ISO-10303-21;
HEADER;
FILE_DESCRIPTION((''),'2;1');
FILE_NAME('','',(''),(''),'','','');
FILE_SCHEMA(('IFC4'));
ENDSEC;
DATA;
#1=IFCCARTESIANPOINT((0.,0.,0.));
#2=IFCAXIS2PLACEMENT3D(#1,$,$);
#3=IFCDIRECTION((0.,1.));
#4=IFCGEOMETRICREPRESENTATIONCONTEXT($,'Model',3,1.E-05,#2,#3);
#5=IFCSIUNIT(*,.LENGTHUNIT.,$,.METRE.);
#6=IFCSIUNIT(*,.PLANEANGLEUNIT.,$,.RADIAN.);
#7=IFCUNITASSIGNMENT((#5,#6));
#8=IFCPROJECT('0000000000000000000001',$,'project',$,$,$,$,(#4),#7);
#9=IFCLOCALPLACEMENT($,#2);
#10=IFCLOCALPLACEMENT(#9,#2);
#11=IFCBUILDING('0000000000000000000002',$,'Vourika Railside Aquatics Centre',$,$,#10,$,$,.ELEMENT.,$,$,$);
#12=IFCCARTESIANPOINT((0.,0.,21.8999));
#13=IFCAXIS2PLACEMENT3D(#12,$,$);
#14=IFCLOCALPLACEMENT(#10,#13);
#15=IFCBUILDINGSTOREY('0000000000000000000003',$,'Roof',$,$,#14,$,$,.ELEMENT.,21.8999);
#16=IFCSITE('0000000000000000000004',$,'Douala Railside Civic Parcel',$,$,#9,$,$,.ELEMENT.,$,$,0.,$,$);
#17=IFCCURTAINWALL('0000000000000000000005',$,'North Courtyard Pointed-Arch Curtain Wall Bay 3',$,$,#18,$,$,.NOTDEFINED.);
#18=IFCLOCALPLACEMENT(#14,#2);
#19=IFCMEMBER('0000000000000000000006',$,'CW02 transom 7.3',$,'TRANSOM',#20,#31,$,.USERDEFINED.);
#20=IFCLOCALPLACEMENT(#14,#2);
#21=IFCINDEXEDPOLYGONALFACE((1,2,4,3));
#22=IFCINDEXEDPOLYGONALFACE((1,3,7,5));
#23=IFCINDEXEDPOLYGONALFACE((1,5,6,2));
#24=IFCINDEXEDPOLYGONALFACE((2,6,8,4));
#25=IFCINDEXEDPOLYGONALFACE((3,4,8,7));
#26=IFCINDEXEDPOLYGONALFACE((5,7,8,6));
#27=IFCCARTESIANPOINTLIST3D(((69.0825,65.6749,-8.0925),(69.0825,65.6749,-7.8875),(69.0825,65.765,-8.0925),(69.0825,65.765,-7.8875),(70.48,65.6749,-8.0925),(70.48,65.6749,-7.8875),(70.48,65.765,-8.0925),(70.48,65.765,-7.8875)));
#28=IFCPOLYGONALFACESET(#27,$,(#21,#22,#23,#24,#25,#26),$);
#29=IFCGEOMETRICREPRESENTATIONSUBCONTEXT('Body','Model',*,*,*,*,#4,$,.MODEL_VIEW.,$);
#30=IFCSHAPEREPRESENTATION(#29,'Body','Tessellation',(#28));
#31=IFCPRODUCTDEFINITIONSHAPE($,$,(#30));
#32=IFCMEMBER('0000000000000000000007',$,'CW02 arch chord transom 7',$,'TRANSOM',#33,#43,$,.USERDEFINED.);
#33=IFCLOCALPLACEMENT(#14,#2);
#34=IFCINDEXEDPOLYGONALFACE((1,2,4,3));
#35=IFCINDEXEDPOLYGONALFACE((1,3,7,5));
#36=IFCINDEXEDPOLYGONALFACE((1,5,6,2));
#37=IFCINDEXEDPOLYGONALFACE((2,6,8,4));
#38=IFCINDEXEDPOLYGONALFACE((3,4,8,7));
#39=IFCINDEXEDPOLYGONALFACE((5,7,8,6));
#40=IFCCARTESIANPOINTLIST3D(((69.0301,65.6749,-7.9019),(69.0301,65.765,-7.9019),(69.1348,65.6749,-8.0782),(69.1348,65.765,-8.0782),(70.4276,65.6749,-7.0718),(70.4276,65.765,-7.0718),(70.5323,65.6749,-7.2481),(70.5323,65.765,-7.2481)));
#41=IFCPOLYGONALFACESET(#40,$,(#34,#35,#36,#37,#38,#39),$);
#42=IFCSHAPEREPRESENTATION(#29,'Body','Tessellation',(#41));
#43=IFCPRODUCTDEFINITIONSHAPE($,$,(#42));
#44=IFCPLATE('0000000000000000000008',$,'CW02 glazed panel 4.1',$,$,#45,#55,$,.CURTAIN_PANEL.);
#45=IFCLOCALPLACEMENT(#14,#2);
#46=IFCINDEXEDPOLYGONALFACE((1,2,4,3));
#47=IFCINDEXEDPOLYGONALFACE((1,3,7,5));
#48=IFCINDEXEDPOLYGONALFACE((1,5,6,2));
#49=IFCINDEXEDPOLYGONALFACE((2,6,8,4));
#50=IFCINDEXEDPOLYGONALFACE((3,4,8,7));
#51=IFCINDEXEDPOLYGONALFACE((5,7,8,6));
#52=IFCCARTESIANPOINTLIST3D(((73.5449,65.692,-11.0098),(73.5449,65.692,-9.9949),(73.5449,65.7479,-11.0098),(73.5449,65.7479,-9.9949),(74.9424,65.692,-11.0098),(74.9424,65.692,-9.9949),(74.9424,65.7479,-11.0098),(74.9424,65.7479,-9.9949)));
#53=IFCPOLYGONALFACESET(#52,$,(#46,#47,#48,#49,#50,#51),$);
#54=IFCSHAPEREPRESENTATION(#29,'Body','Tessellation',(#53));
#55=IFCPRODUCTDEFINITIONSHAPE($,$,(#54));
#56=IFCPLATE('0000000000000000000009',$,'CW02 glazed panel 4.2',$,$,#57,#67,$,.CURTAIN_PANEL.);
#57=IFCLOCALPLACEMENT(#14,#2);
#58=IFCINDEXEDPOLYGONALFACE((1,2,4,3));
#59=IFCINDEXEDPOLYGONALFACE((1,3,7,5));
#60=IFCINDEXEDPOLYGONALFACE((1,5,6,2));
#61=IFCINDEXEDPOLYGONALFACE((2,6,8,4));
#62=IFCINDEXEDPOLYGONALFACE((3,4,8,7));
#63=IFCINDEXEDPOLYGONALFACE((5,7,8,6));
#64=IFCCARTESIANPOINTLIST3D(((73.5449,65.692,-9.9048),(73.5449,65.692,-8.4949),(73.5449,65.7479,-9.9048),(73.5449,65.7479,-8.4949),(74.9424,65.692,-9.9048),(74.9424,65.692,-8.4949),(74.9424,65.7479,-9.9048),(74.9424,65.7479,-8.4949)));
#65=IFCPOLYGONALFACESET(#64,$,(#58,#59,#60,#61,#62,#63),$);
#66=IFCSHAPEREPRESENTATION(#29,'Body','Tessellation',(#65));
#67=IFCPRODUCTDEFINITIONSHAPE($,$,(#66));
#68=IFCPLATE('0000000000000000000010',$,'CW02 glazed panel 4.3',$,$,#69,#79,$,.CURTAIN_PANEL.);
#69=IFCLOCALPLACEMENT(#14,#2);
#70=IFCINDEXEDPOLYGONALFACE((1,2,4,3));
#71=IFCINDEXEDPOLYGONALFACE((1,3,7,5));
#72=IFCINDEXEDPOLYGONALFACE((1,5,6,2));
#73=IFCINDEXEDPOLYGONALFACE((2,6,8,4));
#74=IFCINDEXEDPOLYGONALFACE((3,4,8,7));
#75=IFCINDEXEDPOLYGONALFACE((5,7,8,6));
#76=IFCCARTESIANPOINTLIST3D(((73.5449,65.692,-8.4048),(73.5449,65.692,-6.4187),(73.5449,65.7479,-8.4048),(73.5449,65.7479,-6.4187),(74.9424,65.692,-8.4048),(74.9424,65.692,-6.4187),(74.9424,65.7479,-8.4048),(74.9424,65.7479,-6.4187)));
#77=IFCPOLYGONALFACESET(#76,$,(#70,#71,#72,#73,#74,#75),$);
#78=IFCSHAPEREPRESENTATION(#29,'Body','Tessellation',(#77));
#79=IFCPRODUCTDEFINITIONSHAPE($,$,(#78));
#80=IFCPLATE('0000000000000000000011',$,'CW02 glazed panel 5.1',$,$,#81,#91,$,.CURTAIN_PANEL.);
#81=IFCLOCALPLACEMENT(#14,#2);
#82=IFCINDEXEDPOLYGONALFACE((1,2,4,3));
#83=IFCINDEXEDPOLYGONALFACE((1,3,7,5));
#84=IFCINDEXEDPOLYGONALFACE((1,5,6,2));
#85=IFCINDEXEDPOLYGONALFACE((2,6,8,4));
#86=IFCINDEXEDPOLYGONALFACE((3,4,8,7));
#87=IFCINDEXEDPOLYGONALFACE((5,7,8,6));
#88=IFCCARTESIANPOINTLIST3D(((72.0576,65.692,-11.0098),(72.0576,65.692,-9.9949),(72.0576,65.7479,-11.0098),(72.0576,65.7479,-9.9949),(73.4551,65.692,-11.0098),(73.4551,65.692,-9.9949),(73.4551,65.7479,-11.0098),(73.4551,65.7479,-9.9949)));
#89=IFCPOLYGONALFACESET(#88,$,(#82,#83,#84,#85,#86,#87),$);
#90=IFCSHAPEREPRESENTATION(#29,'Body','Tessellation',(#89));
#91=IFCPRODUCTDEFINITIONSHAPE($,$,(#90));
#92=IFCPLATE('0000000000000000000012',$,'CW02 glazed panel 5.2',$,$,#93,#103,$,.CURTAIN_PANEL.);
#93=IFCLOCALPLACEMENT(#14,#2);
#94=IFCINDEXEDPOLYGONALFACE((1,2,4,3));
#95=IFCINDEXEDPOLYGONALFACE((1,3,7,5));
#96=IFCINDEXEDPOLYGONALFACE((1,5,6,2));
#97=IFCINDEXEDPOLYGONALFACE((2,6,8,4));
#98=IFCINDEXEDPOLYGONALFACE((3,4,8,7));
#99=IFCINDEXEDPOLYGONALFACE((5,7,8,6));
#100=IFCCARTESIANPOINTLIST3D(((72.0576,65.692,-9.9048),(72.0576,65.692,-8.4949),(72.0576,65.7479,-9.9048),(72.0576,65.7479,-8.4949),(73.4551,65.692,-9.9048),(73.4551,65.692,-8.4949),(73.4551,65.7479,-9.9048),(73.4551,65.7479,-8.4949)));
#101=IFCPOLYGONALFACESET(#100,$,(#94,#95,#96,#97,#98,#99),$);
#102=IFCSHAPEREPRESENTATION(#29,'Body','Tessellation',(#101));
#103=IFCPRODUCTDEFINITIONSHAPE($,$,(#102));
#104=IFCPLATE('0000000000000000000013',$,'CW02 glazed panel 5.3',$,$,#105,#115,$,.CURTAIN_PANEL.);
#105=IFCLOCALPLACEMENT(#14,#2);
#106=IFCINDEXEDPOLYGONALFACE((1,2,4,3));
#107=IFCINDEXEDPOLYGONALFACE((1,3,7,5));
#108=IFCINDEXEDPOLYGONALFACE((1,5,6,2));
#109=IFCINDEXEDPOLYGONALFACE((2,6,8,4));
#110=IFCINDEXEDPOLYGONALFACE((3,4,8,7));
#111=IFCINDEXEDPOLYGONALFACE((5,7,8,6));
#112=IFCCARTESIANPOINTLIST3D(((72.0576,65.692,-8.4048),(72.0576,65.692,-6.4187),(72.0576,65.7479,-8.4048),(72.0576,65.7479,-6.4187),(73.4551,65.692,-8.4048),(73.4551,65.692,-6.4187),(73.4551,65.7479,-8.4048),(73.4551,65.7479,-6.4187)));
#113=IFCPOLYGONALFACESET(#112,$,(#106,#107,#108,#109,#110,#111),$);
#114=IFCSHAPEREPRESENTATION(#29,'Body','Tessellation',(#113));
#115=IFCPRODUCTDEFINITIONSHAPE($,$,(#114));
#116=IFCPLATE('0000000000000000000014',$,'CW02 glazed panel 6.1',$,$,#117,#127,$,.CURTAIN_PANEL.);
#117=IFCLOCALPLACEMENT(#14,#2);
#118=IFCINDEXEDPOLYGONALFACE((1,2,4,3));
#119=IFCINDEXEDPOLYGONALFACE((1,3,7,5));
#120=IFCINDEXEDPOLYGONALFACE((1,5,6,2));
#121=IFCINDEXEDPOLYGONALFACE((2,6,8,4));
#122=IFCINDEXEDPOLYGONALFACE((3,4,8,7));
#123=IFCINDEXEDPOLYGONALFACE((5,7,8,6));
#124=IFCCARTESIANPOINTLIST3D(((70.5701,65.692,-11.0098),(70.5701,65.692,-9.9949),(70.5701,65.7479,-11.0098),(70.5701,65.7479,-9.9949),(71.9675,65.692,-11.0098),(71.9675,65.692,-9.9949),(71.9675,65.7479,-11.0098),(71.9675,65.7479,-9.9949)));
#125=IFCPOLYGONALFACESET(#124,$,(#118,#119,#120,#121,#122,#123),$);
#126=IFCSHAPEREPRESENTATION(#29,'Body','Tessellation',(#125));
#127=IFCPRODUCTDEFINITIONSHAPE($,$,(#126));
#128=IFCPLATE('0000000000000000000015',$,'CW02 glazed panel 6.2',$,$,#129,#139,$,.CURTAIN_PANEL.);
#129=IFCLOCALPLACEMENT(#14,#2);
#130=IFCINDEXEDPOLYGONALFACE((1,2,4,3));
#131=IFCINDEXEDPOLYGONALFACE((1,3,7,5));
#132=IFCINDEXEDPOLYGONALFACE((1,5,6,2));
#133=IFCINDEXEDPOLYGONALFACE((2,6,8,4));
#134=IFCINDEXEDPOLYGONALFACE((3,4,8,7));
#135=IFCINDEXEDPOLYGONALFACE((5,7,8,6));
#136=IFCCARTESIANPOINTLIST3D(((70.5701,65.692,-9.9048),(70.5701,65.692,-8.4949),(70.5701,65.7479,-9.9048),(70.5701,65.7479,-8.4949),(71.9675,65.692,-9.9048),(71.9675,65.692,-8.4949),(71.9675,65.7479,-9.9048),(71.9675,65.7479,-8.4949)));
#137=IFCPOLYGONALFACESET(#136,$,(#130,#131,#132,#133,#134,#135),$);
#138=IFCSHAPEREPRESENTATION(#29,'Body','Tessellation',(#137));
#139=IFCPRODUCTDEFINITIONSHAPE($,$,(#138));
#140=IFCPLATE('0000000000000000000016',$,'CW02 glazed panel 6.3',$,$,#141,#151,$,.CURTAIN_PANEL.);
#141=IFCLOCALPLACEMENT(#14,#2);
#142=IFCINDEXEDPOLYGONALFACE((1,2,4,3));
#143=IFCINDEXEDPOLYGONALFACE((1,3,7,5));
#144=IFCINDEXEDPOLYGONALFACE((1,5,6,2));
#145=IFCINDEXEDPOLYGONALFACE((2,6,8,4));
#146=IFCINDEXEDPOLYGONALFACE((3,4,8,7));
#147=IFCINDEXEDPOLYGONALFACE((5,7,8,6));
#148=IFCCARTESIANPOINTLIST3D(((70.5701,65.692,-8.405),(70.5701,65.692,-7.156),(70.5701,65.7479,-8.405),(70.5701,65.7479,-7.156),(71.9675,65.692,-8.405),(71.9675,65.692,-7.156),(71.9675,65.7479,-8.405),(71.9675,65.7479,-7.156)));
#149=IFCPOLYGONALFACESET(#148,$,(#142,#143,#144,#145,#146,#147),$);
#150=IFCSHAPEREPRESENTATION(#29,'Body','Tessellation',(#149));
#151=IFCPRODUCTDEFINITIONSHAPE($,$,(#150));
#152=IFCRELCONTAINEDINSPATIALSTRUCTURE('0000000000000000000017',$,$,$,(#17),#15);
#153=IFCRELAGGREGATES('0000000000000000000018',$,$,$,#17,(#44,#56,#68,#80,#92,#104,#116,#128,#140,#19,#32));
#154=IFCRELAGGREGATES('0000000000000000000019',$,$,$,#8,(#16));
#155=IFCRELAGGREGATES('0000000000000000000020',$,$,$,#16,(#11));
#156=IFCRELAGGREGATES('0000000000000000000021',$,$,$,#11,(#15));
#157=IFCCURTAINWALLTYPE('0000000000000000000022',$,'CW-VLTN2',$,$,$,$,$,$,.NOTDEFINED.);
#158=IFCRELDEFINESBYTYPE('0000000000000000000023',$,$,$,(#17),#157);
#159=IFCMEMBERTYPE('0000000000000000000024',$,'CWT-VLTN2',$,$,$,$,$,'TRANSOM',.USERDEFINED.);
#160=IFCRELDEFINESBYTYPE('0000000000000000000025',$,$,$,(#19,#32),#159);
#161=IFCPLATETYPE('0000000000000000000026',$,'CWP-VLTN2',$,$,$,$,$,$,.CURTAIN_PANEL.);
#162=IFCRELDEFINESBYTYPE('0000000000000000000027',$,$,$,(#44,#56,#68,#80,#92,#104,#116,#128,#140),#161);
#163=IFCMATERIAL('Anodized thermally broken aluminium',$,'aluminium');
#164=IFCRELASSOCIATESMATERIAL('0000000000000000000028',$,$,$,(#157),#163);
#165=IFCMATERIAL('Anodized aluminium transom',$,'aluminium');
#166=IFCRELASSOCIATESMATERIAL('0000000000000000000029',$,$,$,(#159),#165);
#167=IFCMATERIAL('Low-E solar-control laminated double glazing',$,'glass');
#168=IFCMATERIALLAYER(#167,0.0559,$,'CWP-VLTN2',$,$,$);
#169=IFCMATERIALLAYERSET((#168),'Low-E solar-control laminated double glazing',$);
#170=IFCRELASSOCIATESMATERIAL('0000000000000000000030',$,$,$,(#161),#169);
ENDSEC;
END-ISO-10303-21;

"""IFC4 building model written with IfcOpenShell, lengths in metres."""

from ifc_helpers import new_model, si_unit, direction, frame, origin, origin_2d, place, context, subcontext, project, spatial, rectangle, extrude, material, layer, layer_set, material_profile, profile_set, type_object, element, aggregate, save


model = new_model("IFC4")

# Units and contexts
model_context = context("Model", 3, precision=1e-05, world=origin(), true_north=direction((0.0, 1.0)))
body_context = subcontext(model_context, "Body", "Model", "MODEL_VIEW")
ifc_project = project(units=[si_unit("LENGTHUNIT", "METRE"), si_unit("PLANEANGLEUNIT", "RADIAN")], contexts=[model_context])

# Site, building, storey
site_placement = place(None, origin())
site = spatial("IfcSite", under=ifc_project, at=site_placement, Name="Douala Railside Civic Parcel", CompositionType="ELEMENT", RefElevation=0.0)
building_placement = place(site_placement, origin())
building = spatial("IfcBuilding", under=site, at=building_placement, Name="Vourika Railside Aquatics Centre", CompositionType="ELEMENT")
storey_placement = place(building_placement, frame((0.0, 0.0, 21.8999)))
storey = spatial("IfcBuildingStorey", under=building, at=storey_placement, Name="Roof", CompositionType="ELEMENT", Elevation=21.8999)

# Curtain wall, members, plates
ifc_material_1 = material(Name="Anodized thermally broken aluminium", Category="aluminium")
curtain_wall_type = type_object("IfcCurtainWallType", Name="CW-VLTN2", PredefinedType="NOTDEFINED", material=ifc_material_1)
curtain_wall_placement = place(storey_placement, origin())
curtain_wall = element("IfcCurtainWall", 1, at=curtain_wall_placement, inside=storey, type_object=curtain_wall_type, Name="North Courtyard Pointed-Arch Curtain Wall Bay 3", PredefinedType="NOTDEFINED")
ifc_material_2 = material(Name="Anodized aluminium transom", Category="aluminium")
ifc_material_profile_1 = material_profile(ifc_material_2, rectangle(XDim=0.0901, YDim=0.2051, at=origin_2d()), Name="ALU-T 90x205")
ifc_profile_set_1 = profile_set([ifc_material_profile_1], Name="Anodized aluminium transom")
member_type_1 = type_object("IfcMemberType", Name="CWT-VLTN2", ElementType="TRANSOM", PredefinedType="USERDEFINED", material=ifc_profile_set_1)
member_1_placement = place(storey_placement, frame((70.48, 65.72, -7.99), z_axis=(-1.0, 0.0, 0.0), x_axis=(0.0, -1.0, 0.0)))
member_1 = element("IfcMember", 2, at=member_1_placement, type_object=member_type_1, Name="CW02 transom 7.3", ObjectType="TRANSOM", PredefinedType="USERDEFINED", context=body_context, shape_type="SweptSolid", body=[
    extrude(rectangle(XDim=0.0901, YDim=0.2051, at=origin_2d()), origin(), (0.0, 0.0, 1.0), 1.3975),
])
member_2_placement = place(storey_placement, frame((70.48, 65.72, -7.1599), z_axis=(-0.859764, 0.0, -0.510691), x_axis=(0.0, -1.0, 0.0)))
member_2 = element("IfcMember", 3, at=member_2_placement, type_object=member_type_1, Name="CW02 arch chord transom 7", ObjectType="TRANSOM", PredefinedType="USERDEFINED", context=body_context, shape_type="SweptSolid", body=[
    extrude(rectangle(XDim=0.0901, YDim=0.2051, at=origin_2d()), origin(), (0.0, 0.0, 1.0), 1.6255),
])
ifc_material_3 = material(Name="Low-E solar-control laminated double glazing", Category="glass")
ifc_layer = layer(ifc_material_3, 0.0559, Name="CWP-VLTN2")
ifc_layer_set = layer_set([ifc_layer], Name="Low-E solar-control laminated double glazing")
plate_type = type_object("IfcPlateType", Name="CWP-VLTN2", PredefinedType="CURTAIN_PANEL", material=ifc_layer_set)
plate_1_placement = place(storey_placement, frame((74.2437, 65.72, -11.0098), z_axis=(0.0, 0.0, 1.0), x_axis=(-1.0, 0.0, 0.0)))
plate_1 = element("IfcPlate", 4, at=plate_1_placement, type_object=plate_type, Name="CW02 glazed panel 4.1", PredefinedType="CURTAIN_PANEL", context=body_context, shape_type="SweptSolid", body=[
    extrude(rectangle(XDim=1.3975, YDim=0.0559, at=origin_2d()), origin(), (0.0, 0.0, 1.0), 1.0149),
])
plate_2_placement = place(storey_placement, frame((74.2437, 65.72, -9.9048), z_axis=(0.0, 0.0, 1.0), x_axis=(-1.0, 0.0, 0.0)))
plate_2 = element("IfcPlate", 5, at=plate_2_placement, type_object=plate_type, Name="CW02 glazed panel 4.2", PredefinedType="CURTAIN_PANEL", context=body_context, shape_type="SweptSolid", body=[
    extrude(rectangle(XDim=1.3975, YDim=0.0559, at=origin_2d()), origin(), (0.0, 0.0, 1.0), 1.4099),
])
plate_3_placement = place(storey_placement, frame((74.2437, 65.72, -8.4048), z_axis=(0.0, 0.0, 1.0), x_axis=(-1.0, 0.0, 0.0)))
plate_3 = element("IfcPlate", 6, at=plate_3_placement, type_object=plate_type, Name="CW02 glazed panel 4.3", PredefinedType="CURTAIN_PANEL", context=body_context, shape_type="SweptSolid", body=[
    extrude(rectangle(XDim=1.3975, YDim=0.0559, at=origin_2d()), origin(), (0.0, 0.0, 1.0), 1.9861),
])
plate_4_placement = place(storey_placement, frame((72.7563, 65.72, -11.0098), z_axis=(0.0, 0.0, 1.0), x_axis=(-1.0, 0.0, 0.0)))
plate_4 = element("IfcPlate", 7, at=plate_4_placement, type_object=plate_type, Name="CW02 glazed panel 5.1", PredefinedType="CURTAIN_PANEL", context=body_context, shape_type="SweptSolid", body=[
    extrude(rectangle(XDim=1.3975, YDim=0.0559, at=origin_2d()), origin(), (0.0, 0.0, 1.0), 1.0149),
])
plate_5_placement = place(storey_placement, frame((72.7563, 65.72, -9.9048), z_axis=(0.0, 0.0, 1.0), x_axis=(-1.0, 0.0, 0.0)))
plate_5 = element("IfcPlate", 8, at=plate_5_placement, type_object=plate_type, Name="CW02 glazed panel 5.2", PredefinedType="CURTAIN_PANEL", context=body_context, shape_type="SweptSolid", body=[
    extrude(rectangle(XDim=1.3975, YDim=0.0559, at=origin_2d()), origin(), (0.0, 0.0, 1.0), 1.4099),
])
plate_6_placement = place(storey_placement, frame((72.7563, 65.72, -8.4048), z_axis=(0.0, 0.0, 1.0), x_axis=(-1.0, 0.0, 0.0)))
plate_6 = element("IfcPlate", 9, at=plate_6_placement, type_object=plate_type, Name="CW02 glazed panel 5.3", PredefinedType="CURTAIN_PANEL", context=body_context, shape_type="SweptSolid", body=[
    extrude(rectangle(XDim=1.3975, YDim=0.0559, at=origin_2d()), origin(), (0.0, 0.0, 1.0), 1.9861),
])
plate_7_placement = place(storey_placement, frame((71.2688, 65.72, -11.0098), z_axis=(0.0, 0.0, 1.0), x_axis=(-1.0, 0.0, 0.0)))
plate_7 = element("IfcPlate", 10, at=plate_7_placement, type_object=plate_type, Name="CW02 glazed panel 6.1", PredefinedType="CURTAIN_PANEL", context=body_context, shape_type="SweptSolid", body=[
    extrude(rectangle(XDim=1.3975, YDim=0.0559, at=origin_2d()), origin(), (0.0, 0.0, 1.0), 1.0149),
])
plate_8_placement = place(storey_placement, frame((71.2688, 65.72, -9.9048), z_axis=(0.0, 0.0, 1.0), x_axis=(-1.0, 0.0, 0.0)))
plate_8 = element("IfcPlate", 11, at=plate_8_placement, type_object=plate_type, Name="CW02 glazed panel 6.2", PredefinedType="CURTAIN_PANEL", context=body_context, shape_type="SweptSolid", body=[
    extrude(rectangle(XDim=1.3975, YDim=0.0559, at=origin_2d()), origin(), (0.0, 0.0, 1.0), 1.4099),
])
plate_9_placement = place(storey_placement, frame((71.2688, 65.72, -8.405), z_axis=(0.0, 0.0, 1.0), x_axis=(-1.0, 0.0, 0.0)))
plate_9 = element("IfcPlate", 12, at=plate_9_placement, type_object=plate_type, Name="CW02 glazed panel 6.3", PredefinedType="CURTAIN_PANEL", context=body_context, shape_type="SweptSolid", body=[
    extrude(rectangle(XDim=1.3975, YDim=0.0559, at=origin_2d()), origin(), (0.0, 0.0, 1.0), 1.249),
])
aggregate(curtain_wall, [plate_1, plate_2, plate_3, plate_4, plate_5, plate_6, plate_7, plate_8, plate_9, member_1, member_2])

save(model, "model.ifc")
